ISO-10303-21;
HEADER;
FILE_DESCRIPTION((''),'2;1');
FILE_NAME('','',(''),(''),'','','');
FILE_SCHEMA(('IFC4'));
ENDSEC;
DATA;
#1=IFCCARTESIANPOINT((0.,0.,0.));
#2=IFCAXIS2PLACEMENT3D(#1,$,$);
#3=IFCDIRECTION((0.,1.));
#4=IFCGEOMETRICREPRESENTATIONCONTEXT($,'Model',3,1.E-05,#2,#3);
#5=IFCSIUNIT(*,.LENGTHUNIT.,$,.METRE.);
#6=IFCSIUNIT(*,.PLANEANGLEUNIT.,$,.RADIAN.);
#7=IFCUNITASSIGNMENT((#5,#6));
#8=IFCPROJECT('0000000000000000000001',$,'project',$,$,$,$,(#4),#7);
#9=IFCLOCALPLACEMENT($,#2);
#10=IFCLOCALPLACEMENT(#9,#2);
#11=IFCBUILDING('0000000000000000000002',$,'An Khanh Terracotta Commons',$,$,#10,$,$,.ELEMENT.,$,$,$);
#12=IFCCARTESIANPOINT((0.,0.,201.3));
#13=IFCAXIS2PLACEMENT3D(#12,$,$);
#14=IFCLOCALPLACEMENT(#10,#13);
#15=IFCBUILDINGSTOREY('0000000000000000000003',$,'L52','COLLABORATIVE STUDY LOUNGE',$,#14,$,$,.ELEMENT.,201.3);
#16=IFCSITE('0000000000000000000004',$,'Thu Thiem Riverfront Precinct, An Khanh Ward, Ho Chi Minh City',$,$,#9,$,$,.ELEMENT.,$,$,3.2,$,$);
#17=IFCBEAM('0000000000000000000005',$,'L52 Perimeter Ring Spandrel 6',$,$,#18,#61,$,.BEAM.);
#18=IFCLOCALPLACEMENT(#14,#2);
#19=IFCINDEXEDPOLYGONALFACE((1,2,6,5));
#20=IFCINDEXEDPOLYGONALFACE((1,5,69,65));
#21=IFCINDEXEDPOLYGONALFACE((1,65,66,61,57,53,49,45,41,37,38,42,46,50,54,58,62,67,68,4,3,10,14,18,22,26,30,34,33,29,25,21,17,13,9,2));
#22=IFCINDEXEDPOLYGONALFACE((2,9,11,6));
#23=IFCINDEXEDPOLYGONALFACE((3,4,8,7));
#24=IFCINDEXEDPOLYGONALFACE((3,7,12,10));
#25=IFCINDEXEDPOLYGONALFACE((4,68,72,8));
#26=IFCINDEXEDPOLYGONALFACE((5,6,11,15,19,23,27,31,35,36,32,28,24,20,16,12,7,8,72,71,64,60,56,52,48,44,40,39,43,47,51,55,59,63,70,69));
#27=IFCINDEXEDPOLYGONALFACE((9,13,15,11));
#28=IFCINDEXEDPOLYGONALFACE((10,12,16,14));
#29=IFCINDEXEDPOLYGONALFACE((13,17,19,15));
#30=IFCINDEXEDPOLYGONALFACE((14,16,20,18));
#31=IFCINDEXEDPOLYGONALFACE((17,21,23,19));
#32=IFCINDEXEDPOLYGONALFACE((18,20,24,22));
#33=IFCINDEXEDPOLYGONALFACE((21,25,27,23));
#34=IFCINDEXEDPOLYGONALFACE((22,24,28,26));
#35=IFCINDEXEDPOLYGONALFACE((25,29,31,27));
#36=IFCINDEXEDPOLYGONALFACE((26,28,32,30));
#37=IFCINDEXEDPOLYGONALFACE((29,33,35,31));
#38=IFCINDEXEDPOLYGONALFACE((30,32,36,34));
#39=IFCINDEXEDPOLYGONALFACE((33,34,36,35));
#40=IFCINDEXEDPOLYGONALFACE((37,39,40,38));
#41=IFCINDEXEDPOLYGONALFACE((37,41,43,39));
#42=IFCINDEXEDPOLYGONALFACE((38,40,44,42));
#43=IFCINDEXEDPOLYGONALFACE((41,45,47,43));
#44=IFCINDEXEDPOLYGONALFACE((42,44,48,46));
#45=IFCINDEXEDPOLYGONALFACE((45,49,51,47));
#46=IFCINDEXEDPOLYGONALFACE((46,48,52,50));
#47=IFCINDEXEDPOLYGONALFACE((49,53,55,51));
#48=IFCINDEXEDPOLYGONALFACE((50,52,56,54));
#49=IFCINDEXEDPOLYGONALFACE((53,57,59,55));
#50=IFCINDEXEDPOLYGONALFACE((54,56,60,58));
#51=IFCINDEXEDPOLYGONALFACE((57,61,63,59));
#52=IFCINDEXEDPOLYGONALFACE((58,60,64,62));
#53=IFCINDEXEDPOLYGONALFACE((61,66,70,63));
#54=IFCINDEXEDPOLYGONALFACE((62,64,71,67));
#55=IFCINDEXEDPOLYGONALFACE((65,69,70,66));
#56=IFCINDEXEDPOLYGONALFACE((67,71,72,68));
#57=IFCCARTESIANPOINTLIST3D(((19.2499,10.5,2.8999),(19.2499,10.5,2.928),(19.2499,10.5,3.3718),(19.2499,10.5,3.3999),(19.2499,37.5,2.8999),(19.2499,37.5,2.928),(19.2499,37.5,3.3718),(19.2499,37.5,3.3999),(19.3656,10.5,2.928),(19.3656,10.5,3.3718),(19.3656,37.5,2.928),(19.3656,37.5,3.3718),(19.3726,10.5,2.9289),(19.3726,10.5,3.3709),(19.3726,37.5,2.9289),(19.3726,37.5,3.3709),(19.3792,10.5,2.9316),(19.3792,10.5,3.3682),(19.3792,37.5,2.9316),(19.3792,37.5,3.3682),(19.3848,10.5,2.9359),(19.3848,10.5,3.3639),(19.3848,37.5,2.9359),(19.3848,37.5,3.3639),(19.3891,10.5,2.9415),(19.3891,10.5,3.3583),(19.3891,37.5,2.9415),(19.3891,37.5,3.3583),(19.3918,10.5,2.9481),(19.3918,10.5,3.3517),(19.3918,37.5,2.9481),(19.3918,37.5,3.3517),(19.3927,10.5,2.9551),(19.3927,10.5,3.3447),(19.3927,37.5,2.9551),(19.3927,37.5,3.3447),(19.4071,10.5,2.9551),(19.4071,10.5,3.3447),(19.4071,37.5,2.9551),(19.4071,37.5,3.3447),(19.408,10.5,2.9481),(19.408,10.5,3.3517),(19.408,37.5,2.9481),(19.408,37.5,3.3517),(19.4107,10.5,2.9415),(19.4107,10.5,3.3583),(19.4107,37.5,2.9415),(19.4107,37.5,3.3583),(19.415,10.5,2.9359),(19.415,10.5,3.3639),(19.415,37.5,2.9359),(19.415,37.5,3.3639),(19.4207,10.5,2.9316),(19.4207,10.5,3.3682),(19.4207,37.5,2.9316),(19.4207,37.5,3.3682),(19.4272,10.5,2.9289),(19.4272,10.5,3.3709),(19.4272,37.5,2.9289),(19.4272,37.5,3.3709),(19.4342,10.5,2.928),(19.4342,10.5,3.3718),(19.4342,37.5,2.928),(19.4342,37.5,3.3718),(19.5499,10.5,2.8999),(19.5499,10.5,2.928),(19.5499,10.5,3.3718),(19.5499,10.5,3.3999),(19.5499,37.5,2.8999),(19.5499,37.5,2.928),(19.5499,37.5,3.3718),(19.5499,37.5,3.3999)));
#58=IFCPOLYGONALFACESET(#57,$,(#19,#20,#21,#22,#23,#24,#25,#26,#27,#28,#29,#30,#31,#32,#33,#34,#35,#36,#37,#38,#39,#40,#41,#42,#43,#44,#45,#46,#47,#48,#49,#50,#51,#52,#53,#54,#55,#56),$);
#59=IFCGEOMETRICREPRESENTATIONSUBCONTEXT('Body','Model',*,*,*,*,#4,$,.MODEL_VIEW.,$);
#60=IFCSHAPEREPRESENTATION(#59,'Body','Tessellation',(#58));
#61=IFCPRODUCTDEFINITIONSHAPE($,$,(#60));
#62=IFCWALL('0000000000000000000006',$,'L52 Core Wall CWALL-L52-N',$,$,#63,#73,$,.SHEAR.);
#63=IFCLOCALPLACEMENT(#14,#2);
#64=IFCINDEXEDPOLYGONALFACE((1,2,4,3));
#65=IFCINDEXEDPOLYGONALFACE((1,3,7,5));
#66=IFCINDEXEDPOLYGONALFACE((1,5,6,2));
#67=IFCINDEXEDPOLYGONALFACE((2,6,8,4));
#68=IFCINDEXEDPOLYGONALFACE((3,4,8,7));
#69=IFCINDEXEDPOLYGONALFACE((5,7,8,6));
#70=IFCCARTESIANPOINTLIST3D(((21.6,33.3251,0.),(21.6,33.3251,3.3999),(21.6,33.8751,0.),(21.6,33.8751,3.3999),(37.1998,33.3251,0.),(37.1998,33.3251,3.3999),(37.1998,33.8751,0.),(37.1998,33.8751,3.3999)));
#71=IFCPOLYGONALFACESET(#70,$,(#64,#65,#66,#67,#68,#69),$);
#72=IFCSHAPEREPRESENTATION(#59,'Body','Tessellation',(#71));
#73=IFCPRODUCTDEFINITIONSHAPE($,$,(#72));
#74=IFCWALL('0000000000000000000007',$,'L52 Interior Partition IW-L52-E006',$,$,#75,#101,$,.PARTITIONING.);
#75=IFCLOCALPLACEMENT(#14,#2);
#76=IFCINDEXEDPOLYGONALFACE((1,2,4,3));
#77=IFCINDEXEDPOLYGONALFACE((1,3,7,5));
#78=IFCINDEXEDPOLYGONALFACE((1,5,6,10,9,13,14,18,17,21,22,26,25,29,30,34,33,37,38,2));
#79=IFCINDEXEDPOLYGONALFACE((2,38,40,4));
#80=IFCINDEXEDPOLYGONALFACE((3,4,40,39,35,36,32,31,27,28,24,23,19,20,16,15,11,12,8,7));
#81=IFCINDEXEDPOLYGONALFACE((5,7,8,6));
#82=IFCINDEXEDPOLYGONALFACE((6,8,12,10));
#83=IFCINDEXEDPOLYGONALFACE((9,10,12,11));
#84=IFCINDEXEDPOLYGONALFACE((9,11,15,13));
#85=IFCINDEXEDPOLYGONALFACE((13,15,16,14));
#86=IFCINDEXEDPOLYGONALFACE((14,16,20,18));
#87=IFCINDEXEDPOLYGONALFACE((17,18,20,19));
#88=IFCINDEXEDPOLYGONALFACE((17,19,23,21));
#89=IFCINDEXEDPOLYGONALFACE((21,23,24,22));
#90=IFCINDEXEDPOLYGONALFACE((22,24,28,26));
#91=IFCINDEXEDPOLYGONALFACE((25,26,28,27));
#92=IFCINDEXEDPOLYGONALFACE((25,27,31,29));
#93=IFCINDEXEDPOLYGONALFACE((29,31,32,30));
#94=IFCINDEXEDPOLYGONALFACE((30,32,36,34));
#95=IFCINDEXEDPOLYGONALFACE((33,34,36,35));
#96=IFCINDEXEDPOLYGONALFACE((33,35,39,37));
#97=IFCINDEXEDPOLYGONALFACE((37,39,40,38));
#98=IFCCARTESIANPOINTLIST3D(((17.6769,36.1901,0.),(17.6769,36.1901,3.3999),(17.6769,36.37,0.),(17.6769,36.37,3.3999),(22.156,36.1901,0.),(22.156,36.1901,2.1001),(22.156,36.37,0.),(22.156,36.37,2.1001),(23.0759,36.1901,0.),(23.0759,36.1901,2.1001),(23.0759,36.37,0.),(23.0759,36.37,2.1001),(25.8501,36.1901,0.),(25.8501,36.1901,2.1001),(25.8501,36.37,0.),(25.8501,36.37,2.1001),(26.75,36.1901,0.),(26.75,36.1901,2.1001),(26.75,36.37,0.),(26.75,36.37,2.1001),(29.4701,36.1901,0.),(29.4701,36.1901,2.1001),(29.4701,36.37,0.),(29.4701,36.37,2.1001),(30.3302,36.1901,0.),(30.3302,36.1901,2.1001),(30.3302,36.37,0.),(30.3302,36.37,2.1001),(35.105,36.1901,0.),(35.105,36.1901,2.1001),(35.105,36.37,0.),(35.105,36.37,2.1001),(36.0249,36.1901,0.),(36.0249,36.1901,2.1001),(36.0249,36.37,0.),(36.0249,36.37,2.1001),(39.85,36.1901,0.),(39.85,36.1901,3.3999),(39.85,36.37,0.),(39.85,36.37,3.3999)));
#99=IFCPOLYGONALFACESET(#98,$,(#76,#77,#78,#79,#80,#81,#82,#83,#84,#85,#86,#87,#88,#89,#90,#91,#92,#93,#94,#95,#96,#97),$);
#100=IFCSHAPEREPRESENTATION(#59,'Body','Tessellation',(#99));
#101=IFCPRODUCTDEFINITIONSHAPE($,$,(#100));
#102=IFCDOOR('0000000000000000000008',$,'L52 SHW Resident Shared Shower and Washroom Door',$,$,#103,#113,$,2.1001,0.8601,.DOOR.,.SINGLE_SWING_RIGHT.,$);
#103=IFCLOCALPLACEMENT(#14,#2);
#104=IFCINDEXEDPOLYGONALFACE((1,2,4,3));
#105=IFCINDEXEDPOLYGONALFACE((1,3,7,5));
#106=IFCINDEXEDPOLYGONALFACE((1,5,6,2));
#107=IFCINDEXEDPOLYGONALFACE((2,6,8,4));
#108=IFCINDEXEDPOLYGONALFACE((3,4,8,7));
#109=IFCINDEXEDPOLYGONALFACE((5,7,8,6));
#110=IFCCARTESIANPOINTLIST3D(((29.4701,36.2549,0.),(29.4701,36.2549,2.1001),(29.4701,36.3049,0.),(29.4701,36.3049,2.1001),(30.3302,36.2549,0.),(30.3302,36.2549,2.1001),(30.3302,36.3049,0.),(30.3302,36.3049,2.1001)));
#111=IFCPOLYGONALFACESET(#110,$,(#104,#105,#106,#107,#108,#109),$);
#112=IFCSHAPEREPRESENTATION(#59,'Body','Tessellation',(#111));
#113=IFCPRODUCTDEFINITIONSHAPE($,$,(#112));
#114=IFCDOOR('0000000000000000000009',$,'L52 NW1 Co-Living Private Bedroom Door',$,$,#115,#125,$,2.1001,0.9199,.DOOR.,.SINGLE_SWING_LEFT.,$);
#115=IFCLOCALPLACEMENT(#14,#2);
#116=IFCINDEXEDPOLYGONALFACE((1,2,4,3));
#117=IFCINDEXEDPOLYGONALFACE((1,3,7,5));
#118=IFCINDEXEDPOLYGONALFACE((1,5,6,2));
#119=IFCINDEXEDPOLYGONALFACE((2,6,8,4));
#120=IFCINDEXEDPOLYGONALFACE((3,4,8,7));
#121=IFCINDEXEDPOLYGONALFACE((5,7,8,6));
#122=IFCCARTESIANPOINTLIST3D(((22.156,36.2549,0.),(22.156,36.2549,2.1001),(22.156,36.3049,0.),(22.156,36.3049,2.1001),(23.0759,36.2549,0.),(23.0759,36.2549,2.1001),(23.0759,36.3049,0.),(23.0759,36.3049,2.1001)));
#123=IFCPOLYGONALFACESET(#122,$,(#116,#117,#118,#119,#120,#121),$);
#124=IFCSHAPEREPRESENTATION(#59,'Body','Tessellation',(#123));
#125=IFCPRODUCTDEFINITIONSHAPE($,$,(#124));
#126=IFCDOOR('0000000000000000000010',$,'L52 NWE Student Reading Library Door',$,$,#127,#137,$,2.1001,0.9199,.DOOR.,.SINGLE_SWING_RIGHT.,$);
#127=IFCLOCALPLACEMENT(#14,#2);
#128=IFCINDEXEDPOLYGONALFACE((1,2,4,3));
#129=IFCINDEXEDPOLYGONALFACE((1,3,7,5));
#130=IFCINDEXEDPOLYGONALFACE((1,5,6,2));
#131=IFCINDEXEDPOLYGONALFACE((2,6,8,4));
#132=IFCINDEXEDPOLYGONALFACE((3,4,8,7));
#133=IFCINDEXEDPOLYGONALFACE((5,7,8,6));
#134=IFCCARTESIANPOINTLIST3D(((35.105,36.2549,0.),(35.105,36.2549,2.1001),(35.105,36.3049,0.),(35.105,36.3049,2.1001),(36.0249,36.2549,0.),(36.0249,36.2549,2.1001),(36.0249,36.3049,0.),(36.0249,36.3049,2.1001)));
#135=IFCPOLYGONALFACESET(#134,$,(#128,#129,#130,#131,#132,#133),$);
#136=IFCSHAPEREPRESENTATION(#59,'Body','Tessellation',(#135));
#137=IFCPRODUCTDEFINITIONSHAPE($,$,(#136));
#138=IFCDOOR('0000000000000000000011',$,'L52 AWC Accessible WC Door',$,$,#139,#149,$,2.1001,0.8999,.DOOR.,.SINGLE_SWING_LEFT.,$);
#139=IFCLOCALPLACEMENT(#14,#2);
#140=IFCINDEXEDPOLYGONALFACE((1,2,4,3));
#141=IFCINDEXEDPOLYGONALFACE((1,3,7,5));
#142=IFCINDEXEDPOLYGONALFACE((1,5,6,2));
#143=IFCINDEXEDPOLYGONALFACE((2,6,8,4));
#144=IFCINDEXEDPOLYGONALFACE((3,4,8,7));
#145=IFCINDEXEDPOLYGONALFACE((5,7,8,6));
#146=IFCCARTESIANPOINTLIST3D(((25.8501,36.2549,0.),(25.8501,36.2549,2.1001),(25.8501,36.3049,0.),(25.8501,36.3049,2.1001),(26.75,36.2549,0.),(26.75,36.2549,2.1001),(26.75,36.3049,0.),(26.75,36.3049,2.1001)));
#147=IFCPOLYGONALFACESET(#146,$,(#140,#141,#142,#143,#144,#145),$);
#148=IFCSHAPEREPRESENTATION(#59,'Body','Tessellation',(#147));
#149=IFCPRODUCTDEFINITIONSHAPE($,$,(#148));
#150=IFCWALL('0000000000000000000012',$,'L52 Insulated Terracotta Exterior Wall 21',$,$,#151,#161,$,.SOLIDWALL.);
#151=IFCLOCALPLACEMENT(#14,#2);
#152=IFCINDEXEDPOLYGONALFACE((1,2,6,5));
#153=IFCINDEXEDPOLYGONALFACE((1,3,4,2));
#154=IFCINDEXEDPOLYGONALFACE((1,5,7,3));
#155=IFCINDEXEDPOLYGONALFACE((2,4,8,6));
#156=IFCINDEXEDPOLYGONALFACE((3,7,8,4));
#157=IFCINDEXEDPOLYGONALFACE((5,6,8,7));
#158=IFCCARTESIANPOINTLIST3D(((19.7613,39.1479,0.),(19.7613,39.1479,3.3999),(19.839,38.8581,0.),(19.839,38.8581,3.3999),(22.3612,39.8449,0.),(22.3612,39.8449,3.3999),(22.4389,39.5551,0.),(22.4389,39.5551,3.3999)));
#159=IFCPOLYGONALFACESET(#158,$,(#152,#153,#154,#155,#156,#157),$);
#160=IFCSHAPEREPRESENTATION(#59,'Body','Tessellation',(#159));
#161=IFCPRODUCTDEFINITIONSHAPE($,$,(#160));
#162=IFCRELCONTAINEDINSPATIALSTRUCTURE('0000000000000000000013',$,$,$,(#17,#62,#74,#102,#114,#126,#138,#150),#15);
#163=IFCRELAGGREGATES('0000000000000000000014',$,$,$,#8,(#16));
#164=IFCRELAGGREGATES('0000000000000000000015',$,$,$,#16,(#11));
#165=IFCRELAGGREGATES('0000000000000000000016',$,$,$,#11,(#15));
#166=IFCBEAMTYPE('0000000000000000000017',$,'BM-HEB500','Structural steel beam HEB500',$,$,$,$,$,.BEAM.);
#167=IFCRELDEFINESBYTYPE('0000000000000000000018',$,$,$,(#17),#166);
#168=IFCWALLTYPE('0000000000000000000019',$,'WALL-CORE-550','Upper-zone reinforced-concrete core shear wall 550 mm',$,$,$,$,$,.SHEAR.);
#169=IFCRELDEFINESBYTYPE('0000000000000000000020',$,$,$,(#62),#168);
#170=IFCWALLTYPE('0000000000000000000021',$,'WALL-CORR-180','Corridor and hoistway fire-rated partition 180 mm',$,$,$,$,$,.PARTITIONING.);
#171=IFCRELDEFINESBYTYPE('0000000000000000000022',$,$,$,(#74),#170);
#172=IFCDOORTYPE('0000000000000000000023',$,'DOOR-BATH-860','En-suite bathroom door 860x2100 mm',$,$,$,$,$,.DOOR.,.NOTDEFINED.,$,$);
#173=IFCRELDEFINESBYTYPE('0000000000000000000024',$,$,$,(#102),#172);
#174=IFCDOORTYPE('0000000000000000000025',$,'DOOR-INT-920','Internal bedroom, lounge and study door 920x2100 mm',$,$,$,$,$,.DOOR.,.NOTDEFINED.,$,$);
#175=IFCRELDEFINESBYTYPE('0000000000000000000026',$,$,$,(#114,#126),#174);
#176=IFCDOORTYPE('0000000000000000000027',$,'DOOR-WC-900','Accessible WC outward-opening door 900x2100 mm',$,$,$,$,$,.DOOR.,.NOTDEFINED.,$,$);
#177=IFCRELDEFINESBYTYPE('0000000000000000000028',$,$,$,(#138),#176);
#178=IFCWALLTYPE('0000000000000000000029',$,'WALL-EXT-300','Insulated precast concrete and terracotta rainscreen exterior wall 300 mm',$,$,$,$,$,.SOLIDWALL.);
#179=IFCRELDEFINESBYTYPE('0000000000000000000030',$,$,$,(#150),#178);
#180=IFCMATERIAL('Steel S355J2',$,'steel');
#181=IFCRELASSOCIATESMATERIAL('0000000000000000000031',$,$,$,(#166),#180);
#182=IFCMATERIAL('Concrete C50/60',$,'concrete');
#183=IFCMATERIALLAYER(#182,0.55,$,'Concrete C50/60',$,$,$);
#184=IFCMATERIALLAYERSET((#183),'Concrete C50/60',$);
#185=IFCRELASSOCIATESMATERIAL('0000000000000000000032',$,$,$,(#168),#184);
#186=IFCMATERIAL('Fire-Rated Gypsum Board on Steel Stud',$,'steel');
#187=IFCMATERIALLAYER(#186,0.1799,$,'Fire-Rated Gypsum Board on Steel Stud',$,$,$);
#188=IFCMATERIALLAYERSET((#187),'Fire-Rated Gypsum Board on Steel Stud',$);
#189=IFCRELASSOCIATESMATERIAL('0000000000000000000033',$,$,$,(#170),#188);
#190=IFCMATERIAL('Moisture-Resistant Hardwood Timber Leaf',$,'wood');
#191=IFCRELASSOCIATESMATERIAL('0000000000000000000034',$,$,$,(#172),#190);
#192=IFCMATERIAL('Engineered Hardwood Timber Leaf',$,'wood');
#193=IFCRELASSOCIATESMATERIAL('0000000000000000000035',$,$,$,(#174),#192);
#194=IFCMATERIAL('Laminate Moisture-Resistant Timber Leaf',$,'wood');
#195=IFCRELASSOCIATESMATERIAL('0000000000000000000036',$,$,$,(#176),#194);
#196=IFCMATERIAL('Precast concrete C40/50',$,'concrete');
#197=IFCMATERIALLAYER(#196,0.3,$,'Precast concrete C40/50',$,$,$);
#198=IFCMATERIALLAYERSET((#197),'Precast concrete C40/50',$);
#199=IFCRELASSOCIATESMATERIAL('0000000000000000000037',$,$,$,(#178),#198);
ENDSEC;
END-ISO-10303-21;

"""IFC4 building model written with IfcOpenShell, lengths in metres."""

from ifc_helpers import new_model, si_unit, direction, frame, frame_2d, origin, origin_2d, place, context, subcontext, project, spatial, rectangle, i_section, extrude, material, layer, layer_set, material_profile, profile_set, type_object, element, fill, save


model = new_model("IFC4")

# Units and contexts
model_context = context("Model", 3, precision=1e-05, world=origin(), true_north=direction((0.0, 1.0)))
body_context = subcontext(model_context, "Body", "Model", "MODEL_VIEW")
ifc_project = project(units=[si_unit("LENGTHUNIT", "METRE"), si_unit("PLANEANGLEUNIT", "RADIAN")], contexts=[model_context])

# Site, building, storey
site_placement = place(None, origin())
site = spatial("IfcSite", under=ifc_project, at=site_placement, Name="Thu Thiem Riverfront Precinct, An Khanh Ward, Ho Chi Minh City", CompositionType="ELEMENT", RefElevation=3.2)
building_placement = place(site_placement, origin())
building = spatial("IfcBuilding", under=site, at=building_placement, Name="An Khanh Terracotta Commons", CompositionType="ELEMENT")
storey_placement = place(building_placement, frame((0.0, 0.0, 201.3)))
storey = spatial("IfcBuildingStorey", under=building, at=storey_placement, Name="L52", Description="COLLABORATIVE STUDY LOUNGE", CompositionType="ELEMENT", Elevation=201.3)

# Beam
ifc_material_1 = material(Name="Steel S355J2", Category="steel")
ifc_material_profile_1 = material_profile(ifc_material_1, i_section(OverallWidth=0.3, OverallDepth=0.5, WebThickness=0.0144, FlangeThickness=0.0281, FilletRadius=0.0271, at=origin_2d()), Name="HEB500")
ifc_profile_set_1 = profile_set([ifc_material_profile_1], Name="Steel S355J2")
beam_type_1 = type_object("IfcBeamType", Name="BM-HEB500", Description="Structural steel beam HEB500", PredefinedType="BEAM", material=ifc_profile_set_1)
beam_1_placement = place(storey_placement, frame((19.3999, 37.5, 3.1499), z_axis=(0.0, -1.0, 0.0), x_axis=(1.0, 0.0, 0.0)))
element("IfcBeam", 1, at=beam_1_placement, inside=storey, type_object=beam_type_1, Name="L52 Perimeter Ring Spandrel 6", PredefinedType="BEAM", context=body_context, shape_type="SweptSolid", body=[
    extrude(i_section(OverallWidth=0.3, OverallDepth=0.5, WebThickness=0.0144, FlangeThickness=0.0281, FilletRadius=0.0271, at=origin_2d()), origin(), (0.0, 0.0, 1.0), 27.0),
])

# Wall
ifc_material_2 = material(Name="Concrete C50/60", Category="concrete")
ifc_layer_1 = layer(ifc_material_2, 0.55, Name="Concrete C50/60")
ifc_layer_set_1 = layer_set([ifc_layer_1], Name="Concrete C50/60")
wall_type_1 = type_object("IfcWallType", Name="WALL-CORE-550", Description="Upper-zone reinforced-concrete core shear wall 550 mm", PredefinedType="SHEAR", material=ifc_layer_set_1)
wall_1_placement = place(storey_placement, frame((21.6001, 33.6001, 0.0), z_axis=(0.0, 0.0, 1.0), x_axis=(1.0, 0.0, 0.0)))
element("IfcWall", 2, at=wall_1_placement, inside=storey, type_object=wall_type_1, Name="L52 Core Wall CWALL-L52-N", PredefinedType="SHEAR", context=body_context, shape_type="SweptSolid", body=[
    extrude(rectangle(XDim=15.5999, YDim=0.55, at=frame_2d((7.7998, 0.0))), origin(), (0.0, 0.0, 1.0), 3.3999),
])

# Wall, openings, doors
ifc_material_3 = material(Name="Fire-Rated Gypsum Board on Steel Stud", Category="steel")
ifc_layer_2 = layer(ifc_material_3, 0.1799, Name="Fire-Rated Gypsum Board on Steel Stud")
ifc_layer_set_2 = layer_set([ifc_layer_2], Name="Fire-Rated Gypsum Board on Steel Stud")
wall_type_2 = type_object("IfcWallType", Name="WALL-CORR-180", Description="Corridor and hoistway fire-rated partition 180 mm", PredefinedType="PARTITIONING", material=ifc_layer_set_2)
wall_2_placement = place(storey_placement, frame((17.677, 36.28, 0.0), z_axis=(0.0, 0.0, 1.0), x_axis=(1.0, 0.0, 0.0)))
wall_2 = element("IfcWall", 3, at=wall_2_placement, inside=storey, type_object=wall_type_2, Name="L52 Interior Partition IW-L52-E006", PredefinedType="PARTITIONING", context=body_context, shape_type="SweptSolid", body=[
    extrude(rectangle(XDim=22.1731, YDim=0.1799, at=frame_2d((11.0864, 0.0))), origin(), (0.0, 0.0, 1.0), 3.3999),
])
opening_1_placement = place(wall_2_placement, frame((8.1731, 0.0, 0.0)))
opening_1 = element("IfcOpeningElement", 4, at=opening_1_placement, cuts=wall_2, PredefinedType="OPENING", context=body_context, shape_type="SweptSolid", body=[
    extrude(rectangle(XDim=0.8999, YDim=2.1001, at=frame_2d((0.45, 1.05))), frame((0.0, 0.0999, 0.0), z_axis=(0.0, -1.0, 0.0), x_axis=(1.0, 0.0, 0.0)), (0.0, 0.0, 1.0), 0.2),
])
opening_2_placement = place(wall_2_placement, frame((11.793, 0.0, 0.0)))
opening_2 = element("IfcOpeningElement", 5, at=opening_2_placement, cuts=wall_2, PredefinedType="OPENING", context=body_context, shape_type="SweptSolid", body=[
    extrude(rectangle(XDim=0.8601, YDim=2.1001, at=frame_2d((0.4302, 1.05))), frame((0.0, 0.0999, 0.0), z_axis=(0.0, -1.0, 0.0), x_axis=(1.0, 0.0, 0.0)), (0.0, 0.0, 1.0), 0.2),
])
opening_3_placement = place(wall_2_placement, frame((4.479, 0.0, 0.0)))
opening_3 = element("IfcOpeningElement", 6, at=opening_3_placement, cuts=wall_2, PredefinedType="OPENING", context=body_context, shape_type="SweptSolid", body=[
    extrude(rectangle(XDim=0.9199, YDim=2.1001, at=frame_2d((0.46, 1.05))), frame((0.0, 0.0999, 0.0), z_axis=(0.0, -1.0, 0.0), x_axis=(1.0, 0.0, 0.0)), (0.0, 0.0, 1.0), 0.2),
])
opening_4_placement = place(wall_2_placement, frame((17.428, 0.0, 0.0)))
opening_4 = element("IfcOpeningElement", 7, at=opening_4_placement, cuts=wall_2, PredefinedType="OPENING", context=body_context, shape_type="SweptSolid", body=[
    extrude(rectangle(XDim=0.9199, YDim=2.1001, at=frame_2d((0.46, 1.05))), frame((0.0, 0.0999, 0.0), z_axis=(0.0, -1.0, 0.0), x_axis=(1.0, 0.0, 0.0)), (0.0, 0.0, 1.0), 0.2),
])
ifc_material_4 = material(Name="Moisture-Resistant Hardwood Timber Leaf", Category="wood")
door_type_1 = type_object("IfcDoorType", Name="DOOR-BATH-860", Description="En-suite bathroom door 860x2100 mm", OperationType="NOTDEFINED", PredefinedType="DOOR", material=ifc_material_4)
door_1_placement = place(opening_2_placement, origin())
door_1 = element("IfcDoor", 8, at=door_1_placement, inside=storey, type_object=door_type_1, Name="L52 SHW Resident Shared Shower and Washroom Door", OperationType="SINGLE_SWING_RIGHT", OverallHeight=2.1001, OverallWidth=0.8601, PredefinedType="DOOR", context=body_context, shape_type="SweptSolid", body=[
    extrude(rectangle(XDim=0.8601, YDim=2.1001, at=frame_2d((0.4302, 1.05))), frame((0.0, 0.0249, 0.0), z_axis=(0.0, -1.0, 0.0), x_axis=(1.0, 0.0, 0.0)), (0.0, 0.0, 1.0), 0.05),
])
fill(opening_2, door_1)
ifc_material_5 = material(Name="Engineered Hardwood Timber Leaf", Category="wood")
door_type_2 = type_object("IfcDoorType", Name="DOOR-INT-920", Description="Internal bedroom, lounge and study door 920x2100 mm", OperationType="NOTDEFINED", PredefinedType="DOOR", material=ifc_material_5)
door_2_placement = place(opening_3_placement, origin())
door_2 = element("IfcDoor", 9, at=door_2_placement, inside=storey, type_object=door_type_2, Name="L52 NW1 Co-Living Private Bedroom Door", OperationType="SINGLE_SWING_LEFT", OverallHeight=2.1001, OverallWidth=0.9199, PredefinedType="DOOR", context=body_context, shape_type="SweptSolid", body=[
    extrude(rectangle(XDim=0.9199, YDim=2.1001, at=frame_2d((0.46, 1.05))), frame((0.0, 0.0249, 0.0), z_axis=(0.0, -1.0, 0.0), x_axis=(1.0, 0.0, 0.0)), (0.0, 0.0, 1.0), 0.05),
])
fill(opening_3, door_2)
door_3_placement = place(opening_4_placement, origin())
door_3 = element("IfcDoor", 10, at=door_3_placement, inside=storey, type_object=door_type_2, Name="L52 NWE Student Reading Library Door", OperationType="SINGLE_SWING_RIGHT", OverallHeight=2.1001, OverallWidth=0.9199, PredefinedType="DOOR", context=body_context, shape_type="SweptSolid", body=[
    extrude(rectangle(XDim=0.9199, YDim=2.1001, at=frame_2d((0.46, 1.05))), frame((0.0, 0.0249, 0.0), z_axis=(0.0, -1.0, 0.0), x_axis=(1.0, 0.0, 0.0)), (0.0, 0.0, 1.0), 0.05),
])
fill(opening_4, door_3)
ifc_material_6 = material(Name="Laminate Moisture-Resistant Timber Leaf", Category="wood")
door_type_3 = type_object("IfcDoorType", Name="DOOR-WC-900", Description="Accessible WC outward-opening door 900x2100 mm", OperationType="NOTDEFINED", PredefinedType="DOOR", material=ifc_material_6)
door_4_placement = place(opening_1_placement, origin())
door_4 = element("IfcDoor", 11, at=door_4_placement, inside=storey, type_object=door_type_3, Name="L52 AWC Accessible WC Door", OperationType="SINGLE_SWING_LEFT", OverallHeight=2.1001, OverallWidth=0.8999, PredefinedType="DOOR", context=body_context, shape_type="SweptSolid", body=[
    extrude(rectangle(XDim=0.8999, YDim=2.1001, at=frame_2d((0.45, 1.05))), frame((0.0, 0.0249, 0.0), z_axis=(0.0, -1.0, 0.0), x_axis=(1.0, 0.0, 0.0)), (0.0, 0.0, 1.0), 0.05),
])
fill(opening_1, door_4)

# Wall
ifc_material_7 = material(Name="Precast concrete C40/50", Category="concrete")
ifc_layer_3 = layer(ifc_material_7, 0.3, Name="Precast concrete C40/50")
ifc_layer_set_3 = layer_set([ifc_layer_3], Name="Precast concrete C40/50")
wall_type_3 = type_object("IfcWallType", Name="WALL-EXT-300", Description="Insulated precast concrete and terracotta rainscreen exterior wall 300 mm", PredefinedType="SOLIDWALL", material=ifc_layer_set_3)
wall_3_placement = place(storey_placement, frame((22.3999, 39.7, 0.0), z_axis=(0.0, 0.0, 1.0), x_axis=(-0.965889, -0.258955, 0.0)))
element("IfcWall", 12, at=wall_3_placement, inside=storey, type_object=wall_type_3, Name="L52 Insulated Terracotta Exterior Wall 21", PredefinedType="SOLIDWALL", context=body_context, shape_type="SweptSolid", body=[
    extrude(rectangle(XDim=2.6917, YDim=0.3, at=frame_2d((1.3457, 0.0))), origin(), (0.0, 0.0, 1.0), 3.3999),
])

save(model, "model.ifc")
